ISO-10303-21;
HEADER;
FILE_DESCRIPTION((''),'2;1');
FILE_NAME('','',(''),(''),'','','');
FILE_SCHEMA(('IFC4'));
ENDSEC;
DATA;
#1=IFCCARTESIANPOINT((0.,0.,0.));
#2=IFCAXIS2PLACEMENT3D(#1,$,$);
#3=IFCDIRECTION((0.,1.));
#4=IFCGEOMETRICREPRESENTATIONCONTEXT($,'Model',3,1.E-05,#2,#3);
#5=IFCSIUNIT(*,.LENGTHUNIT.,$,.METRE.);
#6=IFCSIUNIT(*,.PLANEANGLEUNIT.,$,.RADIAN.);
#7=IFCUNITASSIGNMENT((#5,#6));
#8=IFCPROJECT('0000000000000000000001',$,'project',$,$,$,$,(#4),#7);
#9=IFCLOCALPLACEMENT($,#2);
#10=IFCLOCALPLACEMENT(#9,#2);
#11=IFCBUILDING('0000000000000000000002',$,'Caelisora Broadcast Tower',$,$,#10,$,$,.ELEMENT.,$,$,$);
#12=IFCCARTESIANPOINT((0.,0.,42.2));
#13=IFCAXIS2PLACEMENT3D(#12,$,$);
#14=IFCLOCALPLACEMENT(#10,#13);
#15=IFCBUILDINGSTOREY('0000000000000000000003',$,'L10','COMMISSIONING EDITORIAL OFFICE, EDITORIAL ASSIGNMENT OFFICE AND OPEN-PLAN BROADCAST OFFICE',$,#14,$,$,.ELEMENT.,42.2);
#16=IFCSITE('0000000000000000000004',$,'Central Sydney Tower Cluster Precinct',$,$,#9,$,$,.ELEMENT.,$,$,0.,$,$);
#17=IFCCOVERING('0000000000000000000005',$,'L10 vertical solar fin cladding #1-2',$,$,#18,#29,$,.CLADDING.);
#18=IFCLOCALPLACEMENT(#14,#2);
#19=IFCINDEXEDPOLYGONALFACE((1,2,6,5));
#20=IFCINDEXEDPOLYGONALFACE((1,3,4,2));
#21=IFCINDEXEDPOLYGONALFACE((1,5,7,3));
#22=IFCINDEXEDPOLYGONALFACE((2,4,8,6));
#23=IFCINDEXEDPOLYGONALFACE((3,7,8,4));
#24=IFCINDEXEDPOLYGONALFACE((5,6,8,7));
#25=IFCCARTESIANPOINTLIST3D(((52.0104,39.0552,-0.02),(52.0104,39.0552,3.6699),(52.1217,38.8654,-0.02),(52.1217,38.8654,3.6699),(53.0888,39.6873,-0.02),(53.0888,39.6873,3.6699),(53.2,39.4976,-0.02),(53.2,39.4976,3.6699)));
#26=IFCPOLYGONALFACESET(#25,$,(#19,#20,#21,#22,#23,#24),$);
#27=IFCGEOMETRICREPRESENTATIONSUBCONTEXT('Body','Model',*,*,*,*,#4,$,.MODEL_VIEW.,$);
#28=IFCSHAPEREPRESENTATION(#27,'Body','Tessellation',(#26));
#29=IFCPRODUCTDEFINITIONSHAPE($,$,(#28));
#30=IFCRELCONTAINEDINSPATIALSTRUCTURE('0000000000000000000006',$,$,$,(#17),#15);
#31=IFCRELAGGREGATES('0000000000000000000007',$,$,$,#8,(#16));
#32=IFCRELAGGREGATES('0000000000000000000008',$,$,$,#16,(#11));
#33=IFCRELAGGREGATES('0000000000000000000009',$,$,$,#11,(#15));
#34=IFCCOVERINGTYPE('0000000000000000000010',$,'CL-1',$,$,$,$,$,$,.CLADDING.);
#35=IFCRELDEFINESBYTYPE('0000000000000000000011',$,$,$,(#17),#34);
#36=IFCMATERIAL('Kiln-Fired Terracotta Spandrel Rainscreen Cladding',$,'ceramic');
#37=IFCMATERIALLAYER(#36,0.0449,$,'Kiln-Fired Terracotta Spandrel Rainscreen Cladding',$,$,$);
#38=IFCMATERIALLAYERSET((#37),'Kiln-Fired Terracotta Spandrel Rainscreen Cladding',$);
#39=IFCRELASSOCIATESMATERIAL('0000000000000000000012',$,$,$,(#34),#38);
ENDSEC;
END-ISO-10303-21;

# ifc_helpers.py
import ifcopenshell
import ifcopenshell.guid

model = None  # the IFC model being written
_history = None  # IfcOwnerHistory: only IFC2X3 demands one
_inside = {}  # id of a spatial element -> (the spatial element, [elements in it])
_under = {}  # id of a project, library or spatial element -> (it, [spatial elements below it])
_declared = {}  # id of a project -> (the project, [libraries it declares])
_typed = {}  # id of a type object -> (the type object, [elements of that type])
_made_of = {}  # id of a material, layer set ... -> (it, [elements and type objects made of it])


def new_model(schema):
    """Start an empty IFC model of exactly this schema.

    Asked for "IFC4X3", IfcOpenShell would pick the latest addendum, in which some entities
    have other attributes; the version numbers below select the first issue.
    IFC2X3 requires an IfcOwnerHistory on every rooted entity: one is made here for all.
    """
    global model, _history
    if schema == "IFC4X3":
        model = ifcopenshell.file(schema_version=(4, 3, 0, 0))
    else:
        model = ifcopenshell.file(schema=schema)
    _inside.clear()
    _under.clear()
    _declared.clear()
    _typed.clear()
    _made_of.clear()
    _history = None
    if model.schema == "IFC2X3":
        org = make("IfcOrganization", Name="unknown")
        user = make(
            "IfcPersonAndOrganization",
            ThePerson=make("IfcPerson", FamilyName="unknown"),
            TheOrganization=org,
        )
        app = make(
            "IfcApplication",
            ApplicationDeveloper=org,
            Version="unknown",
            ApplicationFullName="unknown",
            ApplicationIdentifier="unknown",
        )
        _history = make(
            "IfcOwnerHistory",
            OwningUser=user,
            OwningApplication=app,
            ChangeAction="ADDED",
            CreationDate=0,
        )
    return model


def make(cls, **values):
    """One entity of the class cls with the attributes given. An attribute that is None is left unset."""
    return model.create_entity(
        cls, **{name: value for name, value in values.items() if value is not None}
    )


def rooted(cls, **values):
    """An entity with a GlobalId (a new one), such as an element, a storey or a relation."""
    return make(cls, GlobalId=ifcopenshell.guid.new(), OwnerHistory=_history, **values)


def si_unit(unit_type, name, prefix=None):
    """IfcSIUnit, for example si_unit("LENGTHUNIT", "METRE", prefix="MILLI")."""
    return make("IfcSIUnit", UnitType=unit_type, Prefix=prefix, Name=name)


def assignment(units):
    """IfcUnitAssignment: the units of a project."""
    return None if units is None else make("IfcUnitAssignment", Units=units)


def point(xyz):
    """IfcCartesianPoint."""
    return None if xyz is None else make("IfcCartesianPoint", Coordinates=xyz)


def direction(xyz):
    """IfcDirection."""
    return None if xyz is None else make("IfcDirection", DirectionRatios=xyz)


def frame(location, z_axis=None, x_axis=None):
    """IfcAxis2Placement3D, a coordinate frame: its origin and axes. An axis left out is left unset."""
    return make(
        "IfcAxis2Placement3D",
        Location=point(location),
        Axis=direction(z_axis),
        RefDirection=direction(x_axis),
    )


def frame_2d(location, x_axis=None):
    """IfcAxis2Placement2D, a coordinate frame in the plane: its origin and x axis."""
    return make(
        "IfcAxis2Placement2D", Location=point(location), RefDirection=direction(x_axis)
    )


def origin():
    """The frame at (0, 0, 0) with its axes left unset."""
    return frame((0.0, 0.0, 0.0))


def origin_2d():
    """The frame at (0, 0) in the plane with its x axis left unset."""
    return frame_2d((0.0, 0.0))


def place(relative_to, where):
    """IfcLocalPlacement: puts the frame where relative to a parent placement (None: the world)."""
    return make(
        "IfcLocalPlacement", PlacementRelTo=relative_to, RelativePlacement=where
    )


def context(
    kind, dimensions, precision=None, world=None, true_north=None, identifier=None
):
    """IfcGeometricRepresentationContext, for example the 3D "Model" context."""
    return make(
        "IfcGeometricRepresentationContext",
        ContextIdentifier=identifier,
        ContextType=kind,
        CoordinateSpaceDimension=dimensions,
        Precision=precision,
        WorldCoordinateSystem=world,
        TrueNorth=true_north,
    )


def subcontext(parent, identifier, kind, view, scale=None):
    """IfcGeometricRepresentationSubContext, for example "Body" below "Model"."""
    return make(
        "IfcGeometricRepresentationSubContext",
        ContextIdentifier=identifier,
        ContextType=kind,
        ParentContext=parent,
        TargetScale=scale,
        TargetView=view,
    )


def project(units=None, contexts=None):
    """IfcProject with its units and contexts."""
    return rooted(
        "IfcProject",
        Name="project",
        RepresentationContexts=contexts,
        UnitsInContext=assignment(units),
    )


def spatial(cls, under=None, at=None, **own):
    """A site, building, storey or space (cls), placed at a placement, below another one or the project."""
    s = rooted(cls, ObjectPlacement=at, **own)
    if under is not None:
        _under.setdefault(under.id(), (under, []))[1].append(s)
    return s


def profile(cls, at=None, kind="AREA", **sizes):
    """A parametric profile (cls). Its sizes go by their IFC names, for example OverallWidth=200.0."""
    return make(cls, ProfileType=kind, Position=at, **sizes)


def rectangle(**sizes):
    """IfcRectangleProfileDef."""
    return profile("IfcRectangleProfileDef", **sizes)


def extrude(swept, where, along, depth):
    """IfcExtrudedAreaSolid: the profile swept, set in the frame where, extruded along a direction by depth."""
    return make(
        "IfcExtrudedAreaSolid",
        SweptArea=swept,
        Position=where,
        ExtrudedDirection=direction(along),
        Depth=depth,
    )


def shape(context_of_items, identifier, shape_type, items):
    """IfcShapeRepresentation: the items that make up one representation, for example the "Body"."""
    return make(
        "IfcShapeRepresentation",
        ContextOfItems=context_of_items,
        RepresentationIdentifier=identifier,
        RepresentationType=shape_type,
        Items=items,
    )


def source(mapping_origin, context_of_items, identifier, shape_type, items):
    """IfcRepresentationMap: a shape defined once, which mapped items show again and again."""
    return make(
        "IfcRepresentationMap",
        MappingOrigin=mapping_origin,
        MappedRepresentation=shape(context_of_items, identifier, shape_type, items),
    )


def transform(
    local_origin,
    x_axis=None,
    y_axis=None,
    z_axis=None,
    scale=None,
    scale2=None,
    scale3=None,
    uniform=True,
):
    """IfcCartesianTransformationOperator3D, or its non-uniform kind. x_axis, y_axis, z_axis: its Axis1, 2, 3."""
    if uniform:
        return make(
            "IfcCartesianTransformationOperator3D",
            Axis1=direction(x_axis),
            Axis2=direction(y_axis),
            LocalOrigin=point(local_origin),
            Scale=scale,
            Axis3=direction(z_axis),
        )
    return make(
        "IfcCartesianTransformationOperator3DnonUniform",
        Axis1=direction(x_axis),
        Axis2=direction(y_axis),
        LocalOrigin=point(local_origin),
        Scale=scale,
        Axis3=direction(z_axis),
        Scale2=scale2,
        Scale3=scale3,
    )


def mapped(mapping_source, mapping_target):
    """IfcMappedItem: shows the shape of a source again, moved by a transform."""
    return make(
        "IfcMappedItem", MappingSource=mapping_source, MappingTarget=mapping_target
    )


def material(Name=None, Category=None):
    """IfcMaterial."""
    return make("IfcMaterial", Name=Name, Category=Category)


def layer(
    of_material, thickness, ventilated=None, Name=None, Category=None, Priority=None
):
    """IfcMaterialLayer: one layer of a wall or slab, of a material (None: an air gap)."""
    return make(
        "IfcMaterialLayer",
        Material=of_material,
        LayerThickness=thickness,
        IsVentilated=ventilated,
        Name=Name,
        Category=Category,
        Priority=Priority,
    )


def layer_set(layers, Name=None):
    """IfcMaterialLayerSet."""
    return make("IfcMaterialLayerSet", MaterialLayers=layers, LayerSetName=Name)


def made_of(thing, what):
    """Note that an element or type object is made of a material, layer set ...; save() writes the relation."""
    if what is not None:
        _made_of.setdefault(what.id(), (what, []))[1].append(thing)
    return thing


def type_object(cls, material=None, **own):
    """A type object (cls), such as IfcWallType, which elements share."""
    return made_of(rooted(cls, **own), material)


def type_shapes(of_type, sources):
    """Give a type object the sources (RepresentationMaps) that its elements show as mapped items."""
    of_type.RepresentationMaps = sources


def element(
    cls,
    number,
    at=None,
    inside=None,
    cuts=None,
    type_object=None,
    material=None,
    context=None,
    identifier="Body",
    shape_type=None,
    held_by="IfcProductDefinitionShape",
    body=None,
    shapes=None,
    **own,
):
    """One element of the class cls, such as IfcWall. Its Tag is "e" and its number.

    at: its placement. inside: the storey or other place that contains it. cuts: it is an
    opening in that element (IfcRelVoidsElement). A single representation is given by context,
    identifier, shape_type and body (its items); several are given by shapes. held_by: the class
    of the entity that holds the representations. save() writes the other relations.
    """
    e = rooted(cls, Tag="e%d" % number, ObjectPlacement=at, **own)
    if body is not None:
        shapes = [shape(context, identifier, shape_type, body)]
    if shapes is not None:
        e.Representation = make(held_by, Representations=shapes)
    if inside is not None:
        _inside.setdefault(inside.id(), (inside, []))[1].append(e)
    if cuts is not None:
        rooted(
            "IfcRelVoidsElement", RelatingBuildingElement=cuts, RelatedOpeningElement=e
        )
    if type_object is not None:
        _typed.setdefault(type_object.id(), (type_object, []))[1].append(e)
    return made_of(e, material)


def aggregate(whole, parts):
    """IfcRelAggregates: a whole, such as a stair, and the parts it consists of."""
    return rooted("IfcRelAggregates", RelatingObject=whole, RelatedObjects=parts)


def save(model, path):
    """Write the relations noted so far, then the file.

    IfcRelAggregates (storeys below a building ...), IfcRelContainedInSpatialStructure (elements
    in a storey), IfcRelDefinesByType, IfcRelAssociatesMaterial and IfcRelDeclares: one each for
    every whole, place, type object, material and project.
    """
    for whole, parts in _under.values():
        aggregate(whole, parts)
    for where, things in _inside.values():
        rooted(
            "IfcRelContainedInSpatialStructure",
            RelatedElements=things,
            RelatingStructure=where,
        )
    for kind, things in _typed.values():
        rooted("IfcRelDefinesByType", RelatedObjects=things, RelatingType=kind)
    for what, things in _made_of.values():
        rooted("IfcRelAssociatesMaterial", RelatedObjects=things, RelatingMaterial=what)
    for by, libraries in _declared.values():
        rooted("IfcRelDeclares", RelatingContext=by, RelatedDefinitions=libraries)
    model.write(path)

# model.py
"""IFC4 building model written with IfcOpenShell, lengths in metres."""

from ifc_helpers import new_model, si_unit, direction, frame, origin, origin_2d, place, context, subcontext, project, spatial, rectangle, extrude, source, transform, mapped, material, layer, layer_set, type_object, type_shapes, element, save


model = new_model("IFC4")

# Units and contexts
model_context = context("Model", 3, precision=1e-05, world=origin(), true_north=direction((0.0, 1.0)))
body_context = subcontext(model_context, "Body", "Model", "MODEL_VIEW")
ifc_project = project(units=[si_unit("LENGTHUNIT", "METRE"), si_unit("PLANEANGLEUNIT", "RADIAN")], contexts=[model_context])

# Site, building, storey
site_placement = place(None, origin())
site = spatial("IfcSite", under=ifc_project, at=site_placement, Name="Central Sydney Tower Cluster Precinct", CompositionType="ELEMENT", RefElevation=0.0)
building_placement = place(site_placement, origin())
building = spatial("IfcBuilding", under=site, at=building_placement, Name="Caelisora Broadcast Tower", CompositionType="ELEMENT")
storey_placement = place(building_placement, frame((0.0, 0.0, 42.2)))
storey = spatial("IfcBuildingStorey", under=building, at=storey_placement, Name="L10", Description="COMMISSIONING EDITORIAL OFFICE, EDITORIAL ASSIGNMENT OFFICE AND OPEN-PLAN BROADCAST OFFICE", CompositionType="ELEMENT", Elevation=42.2)

# Covering
ifc_material_1 = material(Name="Kiln-Fired Terracotta Spandrel Rainscreen Cladding", Category="ceramic")
ifc_layer_1 = layer(ifc_material_1, 0.0449, Name="Kiln-Fired Terracotta Spandrel Rainscreen Cladding")
ifc_layer_set_1 = layer_set([ifc_layer_1], Name="Kiln-Fired Terracotta Spandrel Rainscreen Cladding")
covering_type = type_object("IfcCoveringType", Name="CL-1", PredefinedType="CLADDING", material=ifc_layer_set_1)
shared_shape_1 = source(origin(), body_context, "Body", "SweptSolid", [
    extrude(rectangle(XDim=0.22, YDim=1.25, at=origin_2d()), origin(), (0.0, 0.0, 1.0), 3.6899),
])
type_shapes(covering_type, [shared_shape_1])
for number, where, z_axis, x_axis, name in (
    (1, (52.6052, 39.2764, -0.02), (0.0, 0.0, 1.0), (0.505733, -0.86269, 0.0), "L10 vertical solar fin cladding #1-2"),
):
    element("IfcCovering", number, at=place(storey_placement, frame(where, z_axis=z_axis, x_axis=x_axis)), inside=storey, type_object=covering_type, Name=name, PredefinedType="CLADDING", context=body_context, shape_type="MappedRepresentation", body=[
        mapped(shared_shape_1, transform((0.0, 0.0, 0.0), scale=1.0)),
    ])

save(model, "model.ifc")
